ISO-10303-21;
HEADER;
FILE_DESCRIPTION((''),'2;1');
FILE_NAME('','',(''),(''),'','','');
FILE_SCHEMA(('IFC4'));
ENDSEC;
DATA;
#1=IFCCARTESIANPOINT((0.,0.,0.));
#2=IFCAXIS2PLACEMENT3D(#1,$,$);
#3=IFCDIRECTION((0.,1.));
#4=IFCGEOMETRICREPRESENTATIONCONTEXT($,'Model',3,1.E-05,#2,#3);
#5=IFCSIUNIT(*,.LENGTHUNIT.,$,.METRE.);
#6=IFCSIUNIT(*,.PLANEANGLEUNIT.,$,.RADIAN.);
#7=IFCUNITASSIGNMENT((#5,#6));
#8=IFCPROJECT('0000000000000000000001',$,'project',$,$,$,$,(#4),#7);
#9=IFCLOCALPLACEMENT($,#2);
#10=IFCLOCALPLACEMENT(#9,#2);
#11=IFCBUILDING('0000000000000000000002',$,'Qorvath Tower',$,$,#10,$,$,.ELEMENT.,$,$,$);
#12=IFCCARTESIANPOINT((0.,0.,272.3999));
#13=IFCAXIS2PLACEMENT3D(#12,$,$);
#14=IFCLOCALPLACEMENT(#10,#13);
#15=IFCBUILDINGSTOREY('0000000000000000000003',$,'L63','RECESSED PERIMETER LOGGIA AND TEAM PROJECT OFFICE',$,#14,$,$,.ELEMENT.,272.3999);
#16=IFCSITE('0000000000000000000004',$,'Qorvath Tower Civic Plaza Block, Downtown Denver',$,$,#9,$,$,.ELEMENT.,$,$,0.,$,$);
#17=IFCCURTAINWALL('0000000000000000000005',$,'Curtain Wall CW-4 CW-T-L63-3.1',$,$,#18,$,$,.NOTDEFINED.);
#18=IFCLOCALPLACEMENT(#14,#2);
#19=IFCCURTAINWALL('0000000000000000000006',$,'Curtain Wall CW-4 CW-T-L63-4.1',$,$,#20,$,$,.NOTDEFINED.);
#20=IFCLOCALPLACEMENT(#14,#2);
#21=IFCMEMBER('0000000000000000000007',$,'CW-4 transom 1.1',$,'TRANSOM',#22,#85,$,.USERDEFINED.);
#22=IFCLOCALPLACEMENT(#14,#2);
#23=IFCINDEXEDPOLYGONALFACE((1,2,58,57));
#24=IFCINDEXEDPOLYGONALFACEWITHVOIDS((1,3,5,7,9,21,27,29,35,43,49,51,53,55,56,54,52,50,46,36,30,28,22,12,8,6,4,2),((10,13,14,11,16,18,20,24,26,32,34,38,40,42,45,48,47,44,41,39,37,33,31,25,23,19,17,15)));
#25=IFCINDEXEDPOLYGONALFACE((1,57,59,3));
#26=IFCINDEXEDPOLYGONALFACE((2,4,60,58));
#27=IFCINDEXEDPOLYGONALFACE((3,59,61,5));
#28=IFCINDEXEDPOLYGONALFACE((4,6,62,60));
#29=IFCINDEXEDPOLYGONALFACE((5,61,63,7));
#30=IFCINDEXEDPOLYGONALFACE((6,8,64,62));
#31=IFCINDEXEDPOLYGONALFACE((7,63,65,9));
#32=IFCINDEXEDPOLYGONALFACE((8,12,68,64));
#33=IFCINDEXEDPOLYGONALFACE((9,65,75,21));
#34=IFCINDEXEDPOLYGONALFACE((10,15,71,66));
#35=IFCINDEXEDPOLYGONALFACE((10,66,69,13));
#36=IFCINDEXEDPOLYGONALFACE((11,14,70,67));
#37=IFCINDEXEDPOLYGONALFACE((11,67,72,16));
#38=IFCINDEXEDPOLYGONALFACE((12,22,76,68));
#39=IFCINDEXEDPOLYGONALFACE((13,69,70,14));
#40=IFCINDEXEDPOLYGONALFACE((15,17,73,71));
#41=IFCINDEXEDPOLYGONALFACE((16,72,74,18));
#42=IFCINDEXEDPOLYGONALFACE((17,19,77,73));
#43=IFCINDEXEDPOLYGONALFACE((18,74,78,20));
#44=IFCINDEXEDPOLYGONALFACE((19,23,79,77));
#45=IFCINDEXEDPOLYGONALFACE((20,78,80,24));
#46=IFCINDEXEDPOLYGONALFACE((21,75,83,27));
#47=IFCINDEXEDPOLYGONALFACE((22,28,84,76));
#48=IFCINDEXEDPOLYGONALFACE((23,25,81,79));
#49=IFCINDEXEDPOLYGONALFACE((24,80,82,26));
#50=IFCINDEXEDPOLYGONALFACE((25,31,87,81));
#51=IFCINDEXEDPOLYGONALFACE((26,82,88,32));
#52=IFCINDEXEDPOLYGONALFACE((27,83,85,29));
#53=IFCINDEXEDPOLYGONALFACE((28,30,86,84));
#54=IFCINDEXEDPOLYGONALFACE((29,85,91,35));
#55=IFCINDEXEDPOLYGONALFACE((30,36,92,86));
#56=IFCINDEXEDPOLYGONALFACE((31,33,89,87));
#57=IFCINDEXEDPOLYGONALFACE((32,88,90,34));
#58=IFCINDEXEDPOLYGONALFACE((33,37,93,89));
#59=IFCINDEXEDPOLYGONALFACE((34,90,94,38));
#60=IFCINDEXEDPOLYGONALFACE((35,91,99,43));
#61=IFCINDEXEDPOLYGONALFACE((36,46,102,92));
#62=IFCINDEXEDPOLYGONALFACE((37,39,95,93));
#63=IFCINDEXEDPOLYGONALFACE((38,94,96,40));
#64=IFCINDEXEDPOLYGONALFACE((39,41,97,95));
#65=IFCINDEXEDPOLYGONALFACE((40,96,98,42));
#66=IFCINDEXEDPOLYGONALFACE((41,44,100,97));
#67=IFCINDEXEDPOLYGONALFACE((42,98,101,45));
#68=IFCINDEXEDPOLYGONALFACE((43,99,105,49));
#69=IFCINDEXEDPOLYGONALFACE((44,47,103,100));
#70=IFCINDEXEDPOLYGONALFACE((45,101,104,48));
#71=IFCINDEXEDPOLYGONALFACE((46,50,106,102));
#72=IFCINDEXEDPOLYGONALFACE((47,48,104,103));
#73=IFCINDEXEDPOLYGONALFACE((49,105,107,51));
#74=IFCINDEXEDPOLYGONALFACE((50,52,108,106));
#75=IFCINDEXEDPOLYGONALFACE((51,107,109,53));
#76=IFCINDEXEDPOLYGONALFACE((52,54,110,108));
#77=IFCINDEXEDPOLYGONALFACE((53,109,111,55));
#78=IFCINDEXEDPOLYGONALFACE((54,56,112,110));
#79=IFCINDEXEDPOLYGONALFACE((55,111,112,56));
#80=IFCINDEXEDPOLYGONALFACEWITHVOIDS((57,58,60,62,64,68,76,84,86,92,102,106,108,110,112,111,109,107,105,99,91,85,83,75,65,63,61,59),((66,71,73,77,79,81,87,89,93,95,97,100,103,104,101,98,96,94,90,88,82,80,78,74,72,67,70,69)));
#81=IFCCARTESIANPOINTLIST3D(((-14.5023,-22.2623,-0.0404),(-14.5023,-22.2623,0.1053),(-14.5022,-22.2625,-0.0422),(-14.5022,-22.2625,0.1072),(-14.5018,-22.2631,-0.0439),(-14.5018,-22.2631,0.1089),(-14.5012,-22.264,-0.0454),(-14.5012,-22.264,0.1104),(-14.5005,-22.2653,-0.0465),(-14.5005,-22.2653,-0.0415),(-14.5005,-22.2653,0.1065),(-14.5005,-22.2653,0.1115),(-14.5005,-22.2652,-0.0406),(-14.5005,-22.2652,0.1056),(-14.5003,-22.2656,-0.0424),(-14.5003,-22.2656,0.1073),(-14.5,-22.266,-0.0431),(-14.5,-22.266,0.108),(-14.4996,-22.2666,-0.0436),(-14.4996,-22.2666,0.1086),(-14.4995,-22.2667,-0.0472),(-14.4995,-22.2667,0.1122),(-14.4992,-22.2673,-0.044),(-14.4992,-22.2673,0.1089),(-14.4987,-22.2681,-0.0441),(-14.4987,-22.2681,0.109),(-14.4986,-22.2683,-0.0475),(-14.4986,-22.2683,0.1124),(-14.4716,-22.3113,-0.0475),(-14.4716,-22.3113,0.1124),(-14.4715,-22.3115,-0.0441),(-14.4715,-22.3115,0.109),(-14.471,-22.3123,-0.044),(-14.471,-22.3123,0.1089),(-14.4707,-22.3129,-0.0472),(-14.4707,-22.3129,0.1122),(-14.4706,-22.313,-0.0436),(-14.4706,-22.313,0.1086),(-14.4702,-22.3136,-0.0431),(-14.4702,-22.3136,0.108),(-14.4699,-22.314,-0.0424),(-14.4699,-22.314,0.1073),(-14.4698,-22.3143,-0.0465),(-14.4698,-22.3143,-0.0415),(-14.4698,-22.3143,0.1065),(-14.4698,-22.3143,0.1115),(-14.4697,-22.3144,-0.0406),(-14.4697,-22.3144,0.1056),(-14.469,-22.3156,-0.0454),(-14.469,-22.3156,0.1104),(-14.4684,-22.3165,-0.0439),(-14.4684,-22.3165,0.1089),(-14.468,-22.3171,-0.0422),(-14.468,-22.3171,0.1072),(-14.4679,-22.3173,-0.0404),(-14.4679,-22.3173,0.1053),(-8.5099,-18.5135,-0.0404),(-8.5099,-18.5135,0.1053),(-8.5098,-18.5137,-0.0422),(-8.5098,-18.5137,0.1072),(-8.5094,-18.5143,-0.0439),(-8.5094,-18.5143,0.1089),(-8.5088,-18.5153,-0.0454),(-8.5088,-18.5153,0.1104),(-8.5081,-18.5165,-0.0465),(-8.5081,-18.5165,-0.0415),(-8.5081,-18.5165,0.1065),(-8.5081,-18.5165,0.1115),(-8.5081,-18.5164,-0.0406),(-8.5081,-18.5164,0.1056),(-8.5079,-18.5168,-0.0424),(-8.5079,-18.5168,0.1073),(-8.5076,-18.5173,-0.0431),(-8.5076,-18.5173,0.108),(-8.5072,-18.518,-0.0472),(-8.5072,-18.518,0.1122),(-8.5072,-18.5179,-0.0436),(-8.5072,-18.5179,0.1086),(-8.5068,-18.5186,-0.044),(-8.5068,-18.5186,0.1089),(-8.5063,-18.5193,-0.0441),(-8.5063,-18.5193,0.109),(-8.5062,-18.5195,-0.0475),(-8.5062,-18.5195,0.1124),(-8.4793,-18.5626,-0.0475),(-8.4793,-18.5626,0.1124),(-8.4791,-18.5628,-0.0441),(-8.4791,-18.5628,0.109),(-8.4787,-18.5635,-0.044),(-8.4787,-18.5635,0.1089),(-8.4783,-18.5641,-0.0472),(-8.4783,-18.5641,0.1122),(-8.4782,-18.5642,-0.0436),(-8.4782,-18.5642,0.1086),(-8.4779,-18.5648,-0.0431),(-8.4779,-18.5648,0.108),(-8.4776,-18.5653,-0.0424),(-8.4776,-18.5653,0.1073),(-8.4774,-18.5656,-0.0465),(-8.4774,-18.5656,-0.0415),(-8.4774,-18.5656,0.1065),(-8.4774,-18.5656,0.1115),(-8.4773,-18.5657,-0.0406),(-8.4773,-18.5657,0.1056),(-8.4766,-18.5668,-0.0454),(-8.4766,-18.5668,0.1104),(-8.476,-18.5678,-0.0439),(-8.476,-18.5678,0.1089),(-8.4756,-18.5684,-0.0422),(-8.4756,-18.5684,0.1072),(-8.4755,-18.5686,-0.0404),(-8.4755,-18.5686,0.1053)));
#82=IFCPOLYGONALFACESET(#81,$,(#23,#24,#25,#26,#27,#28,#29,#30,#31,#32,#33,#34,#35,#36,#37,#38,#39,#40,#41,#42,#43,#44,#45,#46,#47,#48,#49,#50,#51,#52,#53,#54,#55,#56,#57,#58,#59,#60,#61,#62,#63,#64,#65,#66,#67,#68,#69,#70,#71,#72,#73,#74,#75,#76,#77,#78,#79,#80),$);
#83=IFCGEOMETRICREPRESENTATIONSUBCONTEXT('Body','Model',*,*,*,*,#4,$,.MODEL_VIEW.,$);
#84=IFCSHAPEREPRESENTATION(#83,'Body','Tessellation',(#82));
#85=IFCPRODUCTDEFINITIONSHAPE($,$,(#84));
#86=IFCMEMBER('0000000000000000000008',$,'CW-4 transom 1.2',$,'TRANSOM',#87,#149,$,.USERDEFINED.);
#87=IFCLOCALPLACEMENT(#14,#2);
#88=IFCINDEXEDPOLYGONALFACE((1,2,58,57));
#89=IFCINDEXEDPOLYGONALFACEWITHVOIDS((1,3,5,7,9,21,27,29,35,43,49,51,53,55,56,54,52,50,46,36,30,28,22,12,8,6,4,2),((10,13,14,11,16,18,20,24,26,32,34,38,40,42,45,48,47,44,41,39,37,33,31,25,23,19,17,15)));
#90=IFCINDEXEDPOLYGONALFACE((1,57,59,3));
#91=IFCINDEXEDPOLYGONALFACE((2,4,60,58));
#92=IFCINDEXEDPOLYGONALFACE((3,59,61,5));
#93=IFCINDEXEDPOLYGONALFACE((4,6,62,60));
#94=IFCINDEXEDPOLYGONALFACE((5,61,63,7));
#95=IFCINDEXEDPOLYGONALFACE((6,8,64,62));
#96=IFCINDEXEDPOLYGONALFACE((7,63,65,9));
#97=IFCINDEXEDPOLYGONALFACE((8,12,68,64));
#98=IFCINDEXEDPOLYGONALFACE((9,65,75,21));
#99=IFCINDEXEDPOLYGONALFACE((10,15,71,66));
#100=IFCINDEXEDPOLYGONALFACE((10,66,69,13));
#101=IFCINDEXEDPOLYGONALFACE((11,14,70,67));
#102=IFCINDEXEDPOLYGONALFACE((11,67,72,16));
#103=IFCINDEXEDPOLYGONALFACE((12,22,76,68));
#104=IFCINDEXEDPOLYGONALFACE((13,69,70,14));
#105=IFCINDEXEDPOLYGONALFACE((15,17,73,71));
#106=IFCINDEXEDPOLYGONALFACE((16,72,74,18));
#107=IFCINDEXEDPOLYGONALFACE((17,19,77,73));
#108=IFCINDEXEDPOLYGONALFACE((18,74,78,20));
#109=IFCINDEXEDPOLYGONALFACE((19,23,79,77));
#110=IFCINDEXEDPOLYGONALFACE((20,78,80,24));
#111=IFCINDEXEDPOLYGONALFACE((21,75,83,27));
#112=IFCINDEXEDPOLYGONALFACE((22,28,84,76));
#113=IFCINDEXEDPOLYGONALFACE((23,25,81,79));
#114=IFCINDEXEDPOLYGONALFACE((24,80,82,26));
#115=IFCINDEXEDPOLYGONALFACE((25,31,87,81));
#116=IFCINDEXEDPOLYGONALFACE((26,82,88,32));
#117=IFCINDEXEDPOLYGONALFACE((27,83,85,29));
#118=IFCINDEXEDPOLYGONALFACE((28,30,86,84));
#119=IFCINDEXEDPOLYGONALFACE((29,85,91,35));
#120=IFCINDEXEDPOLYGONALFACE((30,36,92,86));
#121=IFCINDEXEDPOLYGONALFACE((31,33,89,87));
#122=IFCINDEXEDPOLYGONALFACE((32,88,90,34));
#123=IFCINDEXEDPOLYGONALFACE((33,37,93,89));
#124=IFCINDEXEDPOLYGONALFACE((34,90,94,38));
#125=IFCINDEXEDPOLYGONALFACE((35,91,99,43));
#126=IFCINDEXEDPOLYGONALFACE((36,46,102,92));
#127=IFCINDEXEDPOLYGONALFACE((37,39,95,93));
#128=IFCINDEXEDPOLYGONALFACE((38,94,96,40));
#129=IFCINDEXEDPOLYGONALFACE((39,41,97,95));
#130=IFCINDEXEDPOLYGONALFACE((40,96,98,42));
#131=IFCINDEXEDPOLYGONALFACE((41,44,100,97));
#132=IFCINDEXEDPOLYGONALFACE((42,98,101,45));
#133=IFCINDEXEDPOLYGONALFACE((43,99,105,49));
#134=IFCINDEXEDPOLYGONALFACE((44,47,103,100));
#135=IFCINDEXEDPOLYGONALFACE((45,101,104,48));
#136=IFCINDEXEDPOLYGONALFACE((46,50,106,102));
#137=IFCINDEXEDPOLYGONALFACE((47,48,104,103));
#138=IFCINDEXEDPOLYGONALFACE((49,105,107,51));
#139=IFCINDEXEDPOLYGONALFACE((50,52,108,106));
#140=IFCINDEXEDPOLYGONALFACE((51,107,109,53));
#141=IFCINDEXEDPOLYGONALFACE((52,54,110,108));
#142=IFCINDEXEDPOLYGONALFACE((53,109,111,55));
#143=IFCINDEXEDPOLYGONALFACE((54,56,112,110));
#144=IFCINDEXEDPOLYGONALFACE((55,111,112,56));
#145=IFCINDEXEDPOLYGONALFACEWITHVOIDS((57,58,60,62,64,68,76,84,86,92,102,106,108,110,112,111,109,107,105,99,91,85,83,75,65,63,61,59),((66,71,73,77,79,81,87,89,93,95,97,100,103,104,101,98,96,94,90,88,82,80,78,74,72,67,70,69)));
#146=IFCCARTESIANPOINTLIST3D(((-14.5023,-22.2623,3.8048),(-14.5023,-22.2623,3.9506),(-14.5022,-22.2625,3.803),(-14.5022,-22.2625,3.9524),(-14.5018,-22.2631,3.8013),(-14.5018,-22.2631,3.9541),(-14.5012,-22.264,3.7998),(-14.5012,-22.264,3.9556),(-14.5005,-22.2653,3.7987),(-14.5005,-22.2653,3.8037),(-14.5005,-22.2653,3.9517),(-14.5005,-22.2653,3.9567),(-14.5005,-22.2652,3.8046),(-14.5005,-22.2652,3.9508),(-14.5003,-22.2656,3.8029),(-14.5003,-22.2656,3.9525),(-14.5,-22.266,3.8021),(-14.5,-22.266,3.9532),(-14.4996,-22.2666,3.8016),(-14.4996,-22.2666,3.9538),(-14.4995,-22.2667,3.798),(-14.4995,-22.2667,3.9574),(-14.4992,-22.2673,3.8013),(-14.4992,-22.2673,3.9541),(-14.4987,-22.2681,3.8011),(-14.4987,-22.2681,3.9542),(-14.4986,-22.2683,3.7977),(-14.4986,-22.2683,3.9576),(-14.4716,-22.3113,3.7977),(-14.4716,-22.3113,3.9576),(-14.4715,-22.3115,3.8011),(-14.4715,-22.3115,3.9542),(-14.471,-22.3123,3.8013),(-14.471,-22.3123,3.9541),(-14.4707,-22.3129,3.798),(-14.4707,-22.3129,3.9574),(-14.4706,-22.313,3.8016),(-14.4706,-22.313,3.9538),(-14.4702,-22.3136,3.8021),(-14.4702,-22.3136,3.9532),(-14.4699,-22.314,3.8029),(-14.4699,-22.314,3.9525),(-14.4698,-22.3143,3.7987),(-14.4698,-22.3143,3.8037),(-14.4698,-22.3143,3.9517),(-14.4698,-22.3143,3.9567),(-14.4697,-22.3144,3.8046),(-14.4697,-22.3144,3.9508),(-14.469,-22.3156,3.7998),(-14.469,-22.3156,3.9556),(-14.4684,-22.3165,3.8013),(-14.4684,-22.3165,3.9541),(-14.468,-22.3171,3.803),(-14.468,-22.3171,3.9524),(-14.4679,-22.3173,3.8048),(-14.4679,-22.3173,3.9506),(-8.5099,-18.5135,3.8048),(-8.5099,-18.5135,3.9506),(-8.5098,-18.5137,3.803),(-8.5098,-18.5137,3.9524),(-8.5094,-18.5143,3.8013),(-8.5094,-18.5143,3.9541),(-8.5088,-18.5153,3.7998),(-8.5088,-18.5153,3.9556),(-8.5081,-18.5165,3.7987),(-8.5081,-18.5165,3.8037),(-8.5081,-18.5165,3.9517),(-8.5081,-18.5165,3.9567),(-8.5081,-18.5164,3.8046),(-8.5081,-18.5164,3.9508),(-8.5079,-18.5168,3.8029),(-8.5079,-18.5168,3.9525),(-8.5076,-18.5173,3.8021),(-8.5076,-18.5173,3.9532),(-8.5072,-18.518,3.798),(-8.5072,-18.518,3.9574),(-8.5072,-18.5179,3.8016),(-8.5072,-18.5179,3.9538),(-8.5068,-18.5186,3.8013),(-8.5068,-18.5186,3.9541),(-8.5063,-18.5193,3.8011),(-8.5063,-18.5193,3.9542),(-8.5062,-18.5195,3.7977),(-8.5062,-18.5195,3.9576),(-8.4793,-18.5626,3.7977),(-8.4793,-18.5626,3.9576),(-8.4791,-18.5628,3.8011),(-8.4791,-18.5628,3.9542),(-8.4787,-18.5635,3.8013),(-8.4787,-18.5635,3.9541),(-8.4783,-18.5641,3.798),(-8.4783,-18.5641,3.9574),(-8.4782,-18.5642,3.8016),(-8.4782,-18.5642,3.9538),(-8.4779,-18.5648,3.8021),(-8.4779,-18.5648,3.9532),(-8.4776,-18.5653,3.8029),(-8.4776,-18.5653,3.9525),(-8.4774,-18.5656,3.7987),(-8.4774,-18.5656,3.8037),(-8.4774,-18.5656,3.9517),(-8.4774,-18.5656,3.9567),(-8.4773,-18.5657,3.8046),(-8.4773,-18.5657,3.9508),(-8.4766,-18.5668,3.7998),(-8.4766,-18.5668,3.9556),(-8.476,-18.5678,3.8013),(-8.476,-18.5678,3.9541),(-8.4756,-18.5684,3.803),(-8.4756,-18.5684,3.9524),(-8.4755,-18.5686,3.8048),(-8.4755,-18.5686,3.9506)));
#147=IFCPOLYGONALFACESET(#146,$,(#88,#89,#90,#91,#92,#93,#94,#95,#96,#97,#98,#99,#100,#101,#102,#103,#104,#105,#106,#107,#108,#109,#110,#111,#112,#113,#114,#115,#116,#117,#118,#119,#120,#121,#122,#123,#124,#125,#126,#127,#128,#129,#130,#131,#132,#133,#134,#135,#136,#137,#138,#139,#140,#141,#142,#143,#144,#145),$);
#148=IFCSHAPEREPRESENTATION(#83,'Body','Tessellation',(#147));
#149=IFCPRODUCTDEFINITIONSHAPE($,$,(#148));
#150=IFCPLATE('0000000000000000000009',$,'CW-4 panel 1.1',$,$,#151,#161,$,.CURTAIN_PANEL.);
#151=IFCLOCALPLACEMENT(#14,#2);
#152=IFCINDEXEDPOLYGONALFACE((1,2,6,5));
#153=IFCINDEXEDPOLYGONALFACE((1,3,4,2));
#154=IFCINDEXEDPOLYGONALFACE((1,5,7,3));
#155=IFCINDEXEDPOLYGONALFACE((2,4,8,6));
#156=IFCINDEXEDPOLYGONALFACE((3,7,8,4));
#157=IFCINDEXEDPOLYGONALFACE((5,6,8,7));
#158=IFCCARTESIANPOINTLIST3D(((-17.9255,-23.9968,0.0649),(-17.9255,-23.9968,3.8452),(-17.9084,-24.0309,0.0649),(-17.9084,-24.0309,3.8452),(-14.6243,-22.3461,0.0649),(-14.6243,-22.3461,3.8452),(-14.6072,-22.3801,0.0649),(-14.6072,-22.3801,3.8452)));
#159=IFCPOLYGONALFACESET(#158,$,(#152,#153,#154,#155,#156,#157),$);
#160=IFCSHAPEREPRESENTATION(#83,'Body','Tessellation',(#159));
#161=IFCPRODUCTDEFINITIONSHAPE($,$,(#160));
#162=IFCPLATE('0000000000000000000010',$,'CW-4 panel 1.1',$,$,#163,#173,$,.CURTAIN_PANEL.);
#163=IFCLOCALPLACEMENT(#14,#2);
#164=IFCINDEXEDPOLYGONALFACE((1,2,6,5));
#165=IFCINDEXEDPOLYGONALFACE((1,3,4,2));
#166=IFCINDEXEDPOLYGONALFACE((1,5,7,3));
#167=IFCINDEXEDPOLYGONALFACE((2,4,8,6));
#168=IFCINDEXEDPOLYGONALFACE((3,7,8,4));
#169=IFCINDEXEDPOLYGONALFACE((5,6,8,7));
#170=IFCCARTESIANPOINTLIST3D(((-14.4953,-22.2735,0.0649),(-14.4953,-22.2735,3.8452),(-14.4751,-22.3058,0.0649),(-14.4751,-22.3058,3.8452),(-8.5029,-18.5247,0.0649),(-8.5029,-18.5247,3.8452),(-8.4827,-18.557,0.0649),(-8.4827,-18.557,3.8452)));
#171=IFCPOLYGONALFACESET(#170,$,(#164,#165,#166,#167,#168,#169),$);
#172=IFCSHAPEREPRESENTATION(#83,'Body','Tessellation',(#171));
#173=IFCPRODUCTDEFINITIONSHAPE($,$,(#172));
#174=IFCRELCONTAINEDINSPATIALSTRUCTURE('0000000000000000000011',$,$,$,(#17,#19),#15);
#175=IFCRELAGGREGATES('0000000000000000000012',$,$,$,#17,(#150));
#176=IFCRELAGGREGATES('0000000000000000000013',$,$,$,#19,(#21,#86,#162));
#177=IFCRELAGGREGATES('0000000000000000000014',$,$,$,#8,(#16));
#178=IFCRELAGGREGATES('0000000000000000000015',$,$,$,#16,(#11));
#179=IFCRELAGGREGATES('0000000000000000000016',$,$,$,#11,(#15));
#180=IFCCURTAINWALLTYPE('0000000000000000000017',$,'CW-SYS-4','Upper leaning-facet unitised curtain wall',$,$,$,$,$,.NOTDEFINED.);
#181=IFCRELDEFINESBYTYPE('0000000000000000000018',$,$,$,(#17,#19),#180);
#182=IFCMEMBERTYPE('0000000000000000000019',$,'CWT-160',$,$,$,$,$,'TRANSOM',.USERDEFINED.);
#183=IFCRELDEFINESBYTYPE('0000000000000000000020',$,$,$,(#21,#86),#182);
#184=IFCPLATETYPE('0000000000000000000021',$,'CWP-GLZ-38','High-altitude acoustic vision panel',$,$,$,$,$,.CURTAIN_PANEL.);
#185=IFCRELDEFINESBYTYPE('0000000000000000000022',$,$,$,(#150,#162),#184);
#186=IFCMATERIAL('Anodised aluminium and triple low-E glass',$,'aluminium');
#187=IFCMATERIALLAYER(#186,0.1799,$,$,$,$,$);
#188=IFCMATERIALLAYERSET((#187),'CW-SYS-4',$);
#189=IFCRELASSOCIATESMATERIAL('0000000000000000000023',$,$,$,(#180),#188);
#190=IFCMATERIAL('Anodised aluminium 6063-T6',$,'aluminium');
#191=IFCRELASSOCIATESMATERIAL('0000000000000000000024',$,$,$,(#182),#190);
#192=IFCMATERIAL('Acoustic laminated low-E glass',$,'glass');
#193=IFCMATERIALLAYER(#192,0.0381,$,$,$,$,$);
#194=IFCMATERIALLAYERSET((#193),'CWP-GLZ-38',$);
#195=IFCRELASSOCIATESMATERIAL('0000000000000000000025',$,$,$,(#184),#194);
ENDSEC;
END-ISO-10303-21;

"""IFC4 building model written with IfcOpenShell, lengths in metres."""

from ifc_helpers import new_model, si_unit, direction, frame, origin, origin_2d, place, context, subcontext, project, spatial, rectangle, hollow_rectangle, extrude, material, layer, layer_set, material_profile, profile_set, type_object, element, aggregate, save


model = new_model("IFC4")

# Units and contexts
model_context = context("Model", 3, precision=1e-05, world=origin(), true_north=direction((0.0, 1.0)))
body_context = subcontext(model_context, "Body", "Model", "MODEL_VIEW")
ifc_project = project(units=[si_unit("LENGTHUNIT", "METRE"), si_unit("PLANEANGLEUNIT", "RADIAN")], contexts=[model_context])

# Site, building, storey
site_placement = place(None, origin())
site = spatial("IfcSite", under=ifc_project, at=site_placement, Name="Qorvath Tower Civic Plaza Block, Downtown Denver", CompositionType="ELEMENT", RefElevation=0.0)
building_placement = place(site_placement, origin())
building = spatial("IfcBuilding", under=site, at=building_placement, Name="Qorvath Tower", CompositionType="ELEMENT")
storey_placement = place(building_placement, frame((0.0, 0.0, 272.3999)))
storey = spatial("IfcBuildingStorey", under=building, at=storey_placement, Name="L63", Description="RECESSED PERIMETER LOGGIA AND TEAM PROJECT OFFICE", CompositionType="ELEMENT", Elevation=272.3999)

# Shared definitions
ifc_material_1 = material(Name="Anodised aluminium and triple low-E glass", Category="aluminium")
ifc_layer_1 = layer(ifc_material_1, 0.1799)
ifc_layer_set_1 = layer_set([ifc_layer_1], Name="CW-SYS-4")
curtain_wall_type = type_object("IfcCurtainWallType", Name="CW-SYS-4", Description="Upper leaning-facet unitised curtain wall", PredefinedType="NOTDEFINED", material=ifc_layer_set_1)

# Curtain wall
curtain_wall_1_placement = place(storey_placement, origin())
curtain_wall_1 = element("IfcCurtainWall", 1, at=curtain_wall_1_placement, inside=storey, type_object=curtain_wall_type, Name="Curtain Wall CW-4 CW-T-L63-3.1", PredefinedType="NOTDEFINED")

# Curtain wall
curtain_wall_2_placement = place(storey_placement, origin())
curtain_wall_2 = element("IfcCurtainWall", 2, at=curtain_wall_2_placement, inside=storey, type_object=curtain_wall_type, Name="Curtain Wall CW-4 CW-T-L63-4.1", PredefinedType="NOTDEFINED")

# Members
ifc_material_2 = material(Name="Anodised aluminium 6063-T6", Category="aluminium")
ifc_material_profile_1 = material_profile(ifc_material_2, hollow_rectangle(XDim=0.0649, YDim=0.1599, WallThickness=0.0034, InnerFilletRadius=0.0034, OuterFilletRadius=0.0071, at=origin_2d()), Name="CWT 160x65")
ifc_profile_set_1 = profile_set([ifc_material_profile_1], Name="Anodised aluminium 6063-T6")
member_type_1 = type_object("IfcMemberType", Name="CWT-160", ElementType="TRANSOM", PredefinedType="USERDEFINED", material=ifc_profile_set_1)
member_1_placement = place(storey_placement, frame((-14.4851, -22.2898, 0.0325), z_axis=(0.847775, 0.530356, 0.0), x_axis=(-0.530356, 0.847775, 0.0)))
member_1 = element("IfcMember", 3, at=member_1_placement, type_object=member_type_1, Name="CW-4 transom 1.1", ObjectType="TRANSOM", PredefinedType="USERDEFINED", context=body_context, shape_type="SweptSolid", body=[
    extrude(hollow_rectangle(XDim=0.0649, YDim=0.1599, WallThickness=0.0034, InnerFilletRadius=0.0034, OuterFilletRadius=0.0071, at=origin_2d()), origin(), (0.0, 0.0, 1.0), 7.0684),
])
member_2_placement = place(storey_placement, frame((-14.4851, -22.2898, 3.8777), z_axis=(0.847775, 0.530356, 0.0), x_axis=(-0.530356, 0.847775, 0.0)))
member_2 = element("IfcMember", 4, at=member_2_placement, type_object=member_type_1, Name="CW-4 transom 1.2", ObjectType="TRANSOM", PredefinedType="USERDEFINED", context=body_context, shape_type="SweptSolid", body=[
    extrude(hollow_rectangle(XDim=0.0649, YDim=0.1599, WallThickness=0.0034, InnerFilletRadius=0.0034, OuterFilletRadius=0.0071, at=origin_2d()), origin(), (0.0, 0.0, 1.0), 7.0684),
])

# Plates
ifc_material_3 = material(Name="Acoustic laminated low-E glass", Category="glass")
ifc_layer_2 = layer(ifc_material_3, 0.0381)
ifc_layer_set_2 = layer_set([ifc_layer_2], Name="CWP-GLZ-38")
plate_type = type_object("IfcPlateType", Name="CWP-GLZ-38", Description="High-altitude acoustic vision panel", PredefinedType="CURTAIN_PANEL", material=ifc_layer_set_2)
plate_1_placement = place(storey_placement, frame((-16.2664, -23.1885, 0.0649), z_axis=(0.0, 0.0, 1.0), x_axis=(0.894412, 0.447245, 0.0)))
plate_1 = element("IfcPlate", 5, at=plate_1_placement, type_object=plate_type, Name="CW-4 panel 1.1", PredefinedType="CURTAIN_PANEL", context=body_context, shape_type="SweptSolid", body=[
    extrude(rectangle(XDim=3.6909, YDim=0.0381, at=origin_2d()), origin(), (0.0, 0.0, 1.0), 3.7803),
])
aggregate(curtain_wall_1, [plate_1])
plate_2_placement = place(storey_placement, frame((-11.489, -20.4153, 0.0649), z_axis=(0.0, 0.0, 1.0), x_axis=(0.847771, 0.530363, 0.0)))
plate_2 = element("IfcPlate", 6, at=plate_2_placement, type_object=plate_type, Name="CW-4 panel 1.1", PredefinedType="CURTAIN_PANEL", context=body_context, shape_type="SweptSolid", body=[
    extrude(rectangle(XDim=7.0684, YDim=0.0381, at=origin_2d()), origin(), (0.0, 0.0, 1.0), 3.7803),
])
aggregate(curtain_wall_2, [member_1, member_2, plate_2])

save(model, "model.ifc")
